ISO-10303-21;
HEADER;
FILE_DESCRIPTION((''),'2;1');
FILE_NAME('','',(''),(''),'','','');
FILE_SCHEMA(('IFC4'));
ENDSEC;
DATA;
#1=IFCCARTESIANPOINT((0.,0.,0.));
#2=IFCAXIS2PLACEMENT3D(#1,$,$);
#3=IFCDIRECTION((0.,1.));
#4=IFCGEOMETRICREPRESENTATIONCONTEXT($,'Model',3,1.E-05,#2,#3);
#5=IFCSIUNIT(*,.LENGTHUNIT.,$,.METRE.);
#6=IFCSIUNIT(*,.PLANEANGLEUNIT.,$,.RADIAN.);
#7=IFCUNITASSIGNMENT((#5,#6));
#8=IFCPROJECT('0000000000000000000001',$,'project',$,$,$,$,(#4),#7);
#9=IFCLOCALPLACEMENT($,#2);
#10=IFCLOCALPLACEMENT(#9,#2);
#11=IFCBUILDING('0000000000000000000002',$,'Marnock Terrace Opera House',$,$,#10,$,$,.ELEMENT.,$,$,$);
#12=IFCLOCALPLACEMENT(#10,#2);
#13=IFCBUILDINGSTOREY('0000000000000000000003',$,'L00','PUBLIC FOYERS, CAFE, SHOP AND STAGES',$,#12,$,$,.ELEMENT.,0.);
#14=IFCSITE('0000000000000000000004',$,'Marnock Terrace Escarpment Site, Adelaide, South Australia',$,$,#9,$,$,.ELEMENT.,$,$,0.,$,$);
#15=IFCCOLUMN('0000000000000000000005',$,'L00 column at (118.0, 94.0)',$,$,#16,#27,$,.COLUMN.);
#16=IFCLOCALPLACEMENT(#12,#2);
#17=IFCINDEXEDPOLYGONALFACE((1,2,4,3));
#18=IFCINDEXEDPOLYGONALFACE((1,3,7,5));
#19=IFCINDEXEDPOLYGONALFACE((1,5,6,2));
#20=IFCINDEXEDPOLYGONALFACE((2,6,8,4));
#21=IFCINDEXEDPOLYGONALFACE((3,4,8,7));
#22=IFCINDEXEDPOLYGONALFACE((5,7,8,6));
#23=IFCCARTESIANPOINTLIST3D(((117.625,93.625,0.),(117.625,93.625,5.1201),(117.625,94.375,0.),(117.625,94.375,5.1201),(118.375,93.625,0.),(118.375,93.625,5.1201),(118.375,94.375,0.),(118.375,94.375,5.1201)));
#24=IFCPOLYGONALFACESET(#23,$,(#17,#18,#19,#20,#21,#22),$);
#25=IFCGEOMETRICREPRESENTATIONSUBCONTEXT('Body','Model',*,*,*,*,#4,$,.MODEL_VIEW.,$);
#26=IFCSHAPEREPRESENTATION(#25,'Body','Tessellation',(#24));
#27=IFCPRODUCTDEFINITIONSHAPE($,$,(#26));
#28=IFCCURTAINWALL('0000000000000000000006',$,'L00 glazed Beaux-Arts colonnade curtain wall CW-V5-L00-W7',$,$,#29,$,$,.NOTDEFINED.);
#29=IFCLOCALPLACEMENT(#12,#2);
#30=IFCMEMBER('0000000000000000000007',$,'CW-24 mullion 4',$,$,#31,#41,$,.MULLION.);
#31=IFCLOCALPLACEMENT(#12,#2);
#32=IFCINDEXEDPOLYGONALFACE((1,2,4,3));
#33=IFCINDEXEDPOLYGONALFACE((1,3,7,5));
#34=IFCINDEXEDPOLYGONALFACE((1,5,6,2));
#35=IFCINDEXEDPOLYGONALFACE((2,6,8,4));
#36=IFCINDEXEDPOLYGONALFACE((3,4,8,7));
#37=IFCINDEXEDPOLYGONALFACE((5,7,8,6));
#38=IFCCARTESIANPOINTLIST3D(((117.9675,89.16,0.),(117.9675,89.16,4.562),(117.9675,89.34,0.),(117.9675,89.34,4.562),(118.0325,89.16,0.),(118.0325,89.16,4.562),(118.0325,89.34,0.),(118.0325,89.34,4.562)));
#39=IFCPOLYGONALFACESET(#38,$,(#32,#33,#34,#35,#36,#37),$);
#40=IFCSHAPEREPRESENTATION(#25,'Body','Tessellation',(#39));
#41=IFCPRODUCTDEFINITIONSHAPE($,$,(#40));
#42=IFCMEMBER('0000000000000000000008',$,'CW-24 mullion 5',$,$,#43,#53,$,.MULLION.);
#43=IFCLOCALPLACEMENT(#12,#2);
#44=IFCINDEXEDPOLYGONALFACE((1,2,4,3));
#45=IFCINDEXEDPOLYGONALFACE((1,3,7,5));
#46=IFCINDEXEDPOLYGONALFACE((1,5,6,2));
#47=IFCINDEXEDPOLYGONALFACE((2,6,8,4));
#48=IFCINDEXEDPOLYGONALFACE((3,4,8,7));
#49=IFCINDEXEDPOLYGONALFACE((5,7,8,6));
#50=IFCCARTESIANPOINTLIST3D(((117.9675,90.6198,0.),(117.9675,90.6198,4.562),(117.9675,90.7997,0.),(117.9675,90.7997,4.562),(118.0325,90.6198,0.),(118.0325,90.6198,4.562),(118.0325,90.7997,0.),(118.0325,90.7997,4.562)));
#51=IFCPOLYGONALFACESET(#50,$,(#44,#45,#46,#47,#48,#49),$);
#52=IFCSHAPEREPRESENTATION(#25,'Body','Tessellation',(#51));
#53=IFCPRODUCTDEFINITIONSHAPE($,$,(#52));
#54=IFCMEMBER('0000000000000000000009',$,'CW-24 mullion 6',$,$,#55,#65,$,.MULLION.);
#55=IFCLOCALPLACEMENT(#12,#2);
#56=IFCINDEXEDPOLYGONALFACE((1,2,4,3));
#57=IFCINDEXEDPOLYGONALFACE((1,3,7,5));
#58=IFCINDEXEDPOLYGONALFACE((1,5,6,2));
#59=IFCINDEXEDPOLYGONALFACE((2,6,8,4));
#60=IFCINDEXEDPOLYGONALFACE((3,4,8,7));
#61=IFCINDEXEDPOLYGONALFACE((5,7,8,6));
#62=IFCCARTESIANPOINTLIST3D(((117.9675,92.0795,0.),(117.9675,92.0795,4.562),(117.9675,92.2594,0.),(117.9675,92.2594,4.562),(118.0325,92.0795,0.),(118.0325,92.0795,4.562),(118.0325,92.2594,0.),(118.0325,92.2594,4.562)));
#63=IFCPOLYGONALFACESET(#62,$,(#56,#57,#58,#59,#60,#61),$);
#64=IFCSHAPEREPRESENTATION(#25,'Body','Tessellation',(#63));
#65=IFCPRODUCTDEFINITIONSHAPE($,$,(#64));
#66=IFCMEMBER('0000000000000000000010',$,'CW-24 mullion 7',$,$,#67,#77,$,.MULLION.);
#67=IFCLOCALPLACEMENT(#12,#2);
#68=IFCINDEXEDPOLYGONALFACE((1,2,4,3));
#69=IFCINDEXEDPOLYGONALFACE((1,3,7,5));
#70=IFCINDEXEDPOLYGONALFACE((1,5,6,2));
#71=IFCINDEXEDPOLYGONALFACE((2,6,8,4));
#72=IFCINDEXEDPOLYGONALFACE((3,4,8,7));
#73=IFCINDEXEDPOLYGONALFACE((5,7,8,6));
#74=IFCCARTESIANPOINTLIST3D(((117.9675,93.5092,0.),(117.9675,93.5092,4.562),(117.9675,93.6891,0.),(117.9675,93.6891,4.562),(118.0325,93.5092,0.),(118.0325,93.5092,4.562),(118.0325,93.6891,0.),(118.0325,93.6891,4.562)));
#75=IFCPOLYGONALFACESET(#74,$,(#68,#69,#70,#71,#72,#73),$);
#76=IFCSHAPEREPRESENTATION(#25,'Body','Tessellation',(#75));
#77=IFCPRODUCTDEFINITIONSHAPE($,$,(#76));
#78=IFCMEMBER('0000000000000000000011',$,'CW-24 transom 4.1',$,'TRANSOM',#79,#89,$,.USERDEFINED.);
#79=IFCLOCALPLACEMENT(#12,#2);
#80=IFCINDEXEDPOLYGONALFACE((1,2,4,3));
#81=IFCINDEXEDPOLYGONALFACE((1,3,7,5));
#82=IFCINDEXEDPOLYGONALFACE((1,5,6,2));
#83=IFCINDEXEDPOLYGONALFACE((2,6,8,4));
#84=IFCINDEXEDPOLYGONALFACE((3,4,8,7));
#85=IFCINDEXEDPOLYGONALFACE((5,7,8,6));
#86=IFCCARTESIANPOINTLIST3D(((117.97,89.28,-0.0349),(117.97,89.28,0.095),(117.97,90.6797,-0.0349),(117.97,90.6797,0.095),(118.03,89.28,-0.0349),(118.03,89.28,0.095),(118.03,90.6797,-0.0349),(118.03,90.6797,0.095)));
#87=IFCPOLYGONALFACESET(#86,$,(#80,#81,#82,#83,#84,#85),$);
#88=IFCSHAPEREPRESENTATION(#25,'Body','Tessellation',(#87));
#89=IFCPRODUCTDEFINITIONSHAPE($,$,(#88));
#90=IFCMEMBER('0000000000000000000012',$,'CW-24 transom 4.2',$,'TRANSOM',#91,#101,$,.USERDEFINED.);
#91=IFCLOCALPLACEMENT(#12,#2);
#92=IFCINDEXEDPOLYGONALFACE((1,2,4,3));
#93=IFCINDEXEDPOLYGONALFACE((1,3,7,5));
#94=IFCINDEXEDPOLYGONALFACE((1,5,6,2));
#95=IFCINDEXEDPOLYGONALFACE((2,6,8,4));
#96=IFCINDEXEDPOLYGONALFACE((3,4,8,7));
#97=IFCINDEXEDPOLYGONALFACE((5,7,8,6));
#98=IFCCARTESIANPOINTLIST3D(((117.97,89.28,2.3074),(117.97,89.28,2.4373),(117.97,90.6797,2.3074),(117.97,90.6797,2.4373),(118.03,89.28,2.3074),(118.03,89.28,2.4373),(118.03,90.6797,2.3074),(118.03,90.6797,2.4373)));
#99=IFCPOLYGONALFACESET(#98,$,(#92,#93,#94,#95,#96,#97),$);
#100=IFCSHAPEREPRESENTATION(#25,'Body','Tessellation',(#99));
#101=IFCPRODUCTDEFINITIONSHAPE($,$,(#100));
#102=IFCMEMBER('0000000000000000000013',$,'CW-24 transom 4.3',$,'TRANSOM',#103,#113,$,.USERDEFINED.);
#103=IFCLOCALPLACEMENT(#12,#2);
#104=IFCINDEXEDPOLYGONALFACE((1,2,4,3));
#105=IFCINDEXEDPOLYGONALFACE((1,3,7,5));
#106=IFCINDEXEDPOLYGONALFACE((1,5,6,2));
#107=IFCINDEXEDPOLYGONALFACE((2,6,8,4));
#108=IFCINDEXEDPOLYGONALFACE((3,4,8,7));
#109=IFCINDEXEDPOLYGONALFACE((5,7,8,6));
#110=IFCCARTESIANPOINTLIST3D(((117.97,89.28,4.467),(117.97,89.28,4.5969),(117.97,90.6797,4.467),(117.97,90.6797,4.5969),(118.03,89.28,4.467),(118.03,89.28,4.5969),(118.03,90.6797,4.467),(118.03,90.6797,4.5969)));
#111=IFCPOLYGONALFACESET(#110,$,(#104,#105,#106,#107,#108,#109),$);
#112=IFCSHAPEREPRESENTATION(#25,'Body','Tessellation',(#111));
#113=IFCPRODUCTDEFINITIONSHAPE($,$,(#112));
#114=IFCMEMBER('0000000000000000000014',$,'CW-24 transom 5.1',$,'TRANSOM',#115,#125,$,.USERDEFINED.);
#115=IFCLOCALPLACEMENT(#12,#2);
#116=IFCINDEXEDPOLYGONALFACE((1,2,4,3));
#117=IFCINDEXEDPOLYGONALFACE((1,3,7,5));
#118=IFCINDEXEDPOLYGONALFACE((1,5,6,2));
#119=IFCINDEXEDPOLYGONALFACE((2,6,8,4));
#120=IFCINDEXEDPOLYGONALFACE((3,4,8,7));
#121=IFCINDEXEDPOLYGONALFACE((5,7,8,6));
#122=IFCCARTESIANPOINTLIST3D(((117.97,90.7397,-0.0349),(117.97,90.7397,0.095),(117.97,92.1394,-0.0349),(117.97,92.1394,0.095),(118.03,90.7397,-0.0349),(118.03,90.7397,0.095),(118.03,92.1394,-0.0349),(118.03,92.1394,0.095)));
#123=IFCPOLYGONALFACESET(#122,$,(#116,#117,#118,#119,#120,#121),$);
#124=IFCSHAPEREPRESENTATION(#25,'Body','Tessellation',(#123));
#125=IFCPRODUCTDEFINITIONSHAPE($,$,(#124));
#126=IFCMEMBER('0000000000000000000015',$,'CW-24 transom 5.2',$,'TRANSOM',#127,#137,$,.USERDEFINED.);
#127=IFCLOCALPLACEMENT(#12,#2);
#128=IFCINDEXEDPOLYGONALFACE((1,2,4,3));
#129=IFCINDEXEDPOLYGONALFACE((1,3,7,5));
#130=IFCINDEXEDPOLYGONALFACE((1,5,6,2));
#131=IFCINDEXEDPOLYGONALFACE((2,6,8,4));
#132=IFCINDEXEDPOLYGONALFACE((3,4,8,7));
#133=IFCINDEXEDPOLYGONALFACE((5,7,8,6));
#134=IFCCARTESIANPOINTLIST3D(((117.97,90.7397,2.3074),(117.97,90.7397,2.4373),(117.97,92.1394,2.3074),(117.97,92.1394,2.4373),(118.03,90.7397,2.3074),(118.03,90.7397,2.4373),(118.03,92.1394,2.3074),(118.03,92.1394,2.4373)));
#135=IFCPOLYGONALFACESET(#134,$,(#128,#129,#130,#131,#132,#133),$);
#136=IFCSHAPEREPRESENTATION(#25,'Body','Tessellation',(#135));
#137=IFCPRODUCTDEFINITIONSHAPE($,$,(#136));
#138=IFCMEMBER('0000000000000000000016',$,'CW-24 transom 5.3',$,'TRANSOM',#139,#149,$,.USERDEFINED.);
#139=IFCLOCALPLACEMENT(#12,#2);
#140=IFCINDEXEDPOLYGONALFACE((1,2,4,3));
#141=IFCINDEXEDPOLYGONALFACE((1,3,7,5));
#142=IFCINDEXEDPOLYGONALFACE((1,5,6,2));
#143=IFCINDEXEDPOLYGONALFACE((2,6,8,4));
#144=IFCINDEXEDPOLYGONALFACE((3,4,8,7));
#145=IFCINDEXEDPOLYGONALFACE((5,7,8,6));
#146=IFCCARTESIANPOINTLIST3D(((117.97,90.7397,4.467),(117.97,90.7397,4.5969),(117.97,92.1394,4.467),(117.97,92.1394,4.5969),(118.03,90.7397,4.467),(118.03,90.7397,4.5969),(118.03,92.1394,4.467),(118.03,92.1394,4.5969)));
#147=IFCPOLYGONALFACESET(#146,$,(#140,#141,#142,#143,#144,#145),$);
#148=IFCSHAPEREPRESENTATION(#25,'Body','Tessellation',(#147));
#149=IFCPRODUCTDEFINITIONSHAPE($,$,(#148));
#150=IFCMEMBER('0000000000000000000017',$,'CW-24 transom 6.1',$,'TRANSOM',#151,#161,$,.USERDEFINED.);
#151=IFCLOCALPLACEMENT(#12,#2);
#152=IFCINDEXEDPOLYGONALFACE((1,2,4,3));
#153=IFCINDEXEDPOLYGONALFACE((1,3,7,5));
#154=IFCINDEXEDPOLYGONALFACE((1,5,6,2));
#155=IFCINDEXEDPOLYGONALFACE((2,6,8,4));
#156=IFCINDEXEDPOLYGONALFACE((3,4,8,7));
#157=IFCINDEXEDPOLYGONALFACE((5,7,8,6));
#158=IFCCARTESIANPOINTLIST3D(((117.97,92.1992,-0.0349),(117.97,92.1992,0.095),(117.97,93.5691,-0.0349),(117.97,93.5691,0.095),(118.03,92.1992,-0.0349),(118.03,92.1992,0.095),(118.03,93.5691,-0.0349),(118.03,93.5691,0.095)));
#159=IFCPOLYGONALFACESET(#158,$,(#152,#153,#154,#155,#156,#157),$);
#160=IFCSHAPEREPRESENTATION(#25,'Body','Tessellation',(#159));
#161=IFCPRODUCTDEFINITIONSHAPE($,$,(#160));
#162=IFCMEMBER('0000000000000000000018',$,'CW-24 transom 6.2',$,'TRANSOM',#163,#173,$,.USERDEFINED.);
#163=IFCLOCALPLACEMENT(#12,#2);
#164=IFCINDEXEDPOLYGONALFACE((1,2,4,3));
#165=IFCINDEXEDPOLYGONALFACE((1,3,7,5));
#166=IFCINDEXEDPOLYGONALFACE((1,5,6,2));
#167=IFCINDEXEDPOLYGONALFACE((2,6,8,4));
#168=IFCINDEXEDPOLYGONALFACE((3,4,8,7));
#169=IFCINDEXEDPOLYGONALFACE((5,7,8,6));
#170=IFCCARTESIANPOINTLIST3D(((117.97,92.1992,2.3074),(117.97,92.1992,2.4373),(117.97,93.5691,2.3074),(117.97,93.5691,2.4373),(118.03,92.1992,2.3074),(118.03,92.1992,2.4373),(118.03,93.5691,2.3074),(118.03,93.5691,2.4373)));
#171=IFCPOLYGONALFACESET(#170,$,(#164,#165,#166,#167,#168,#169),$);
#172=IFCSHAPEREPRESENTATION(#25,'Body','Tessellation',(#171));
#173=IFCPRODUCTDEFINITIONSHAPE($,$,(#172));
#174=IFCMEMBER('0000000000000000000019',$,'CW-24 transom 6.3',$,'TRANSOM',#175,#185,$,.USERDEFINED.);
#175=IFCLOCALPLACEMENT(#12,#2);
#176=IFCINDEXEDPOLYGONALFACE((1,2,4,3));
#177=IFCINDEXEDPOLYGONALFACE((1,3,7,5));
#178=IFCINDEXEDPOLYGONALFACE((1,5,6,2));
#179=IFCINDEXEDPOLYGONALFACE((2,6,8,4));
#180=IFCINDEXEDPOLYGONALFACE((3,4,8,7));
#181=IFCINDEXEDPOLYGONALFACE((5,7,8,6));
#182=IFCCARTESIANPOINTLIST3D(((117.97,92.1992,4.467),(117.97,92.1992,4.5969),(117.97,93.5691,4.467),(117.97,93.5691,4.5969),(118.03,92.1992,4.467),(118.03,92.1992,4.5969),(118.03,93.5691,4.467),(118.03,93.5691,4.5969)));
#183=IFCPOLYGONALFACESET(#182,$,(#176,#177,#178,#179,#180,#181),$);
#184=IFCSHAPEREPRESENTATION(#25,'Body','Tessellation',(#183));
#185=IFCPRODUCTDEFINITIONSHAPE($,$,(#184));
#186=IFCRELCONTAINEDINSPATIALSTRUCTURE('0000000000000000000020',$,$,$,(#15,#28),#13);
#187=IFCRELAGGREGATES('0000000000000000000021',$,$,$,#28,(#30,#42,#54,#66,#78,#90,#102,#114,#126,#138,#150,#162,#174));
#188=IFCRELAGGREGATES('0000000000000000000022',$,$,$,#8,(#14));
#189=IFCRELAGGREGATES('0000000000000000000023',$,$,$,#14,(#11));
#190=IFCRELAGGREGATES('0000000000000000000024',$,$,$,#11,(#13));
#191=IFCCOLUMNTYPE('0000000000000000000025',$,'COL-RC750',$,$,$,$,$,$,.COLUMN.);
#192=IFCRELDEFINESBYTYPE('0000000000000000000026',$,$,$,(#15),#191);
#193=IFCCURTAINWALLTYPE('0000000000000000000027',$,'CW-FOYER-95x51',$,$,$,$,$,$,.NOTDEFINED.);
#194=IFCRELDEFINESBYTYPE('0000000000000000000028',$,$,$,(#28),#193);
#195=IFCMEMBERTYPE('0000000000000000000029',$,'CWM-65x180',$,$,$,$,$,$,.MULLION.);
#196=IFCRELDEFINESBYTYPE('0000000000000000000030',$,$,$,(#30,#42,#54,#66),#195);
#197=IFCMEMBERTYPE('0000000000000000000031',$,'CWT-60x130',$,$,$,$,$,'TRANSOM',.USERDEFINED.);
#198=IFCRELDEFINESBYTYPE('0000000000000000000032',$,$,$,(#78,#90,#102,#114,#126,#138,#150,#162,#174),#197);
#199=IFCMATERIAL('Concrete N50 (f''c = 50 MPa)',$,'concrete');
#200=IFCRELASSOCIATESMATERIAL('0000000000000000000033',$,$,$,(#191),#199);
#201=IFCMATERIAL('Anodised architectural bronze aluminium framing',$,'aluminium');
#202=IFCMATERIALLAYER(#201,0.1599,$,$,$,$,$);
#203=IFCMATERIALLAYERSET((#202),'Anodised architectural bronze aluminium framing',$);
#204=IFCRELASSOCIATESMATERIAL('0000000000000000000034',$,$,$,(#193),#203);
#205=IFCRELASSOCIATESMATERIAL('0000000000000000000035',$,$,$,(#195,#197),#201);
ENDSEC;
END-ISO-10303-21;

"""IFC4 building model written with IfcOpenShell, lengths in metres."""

from ifc_helpers import new_model, si_unit, direction, frame, origin, origin_2d, place, context, subcontext, project, spatial, rectangle, extrude, material, layer, layer_set, material_profile, profile_set, type_object, element, aggregate, save


model = new_model("IFC4")

# Units and contexts
model_context = context("Model", 3, precision=1e-05, world=origin(), true_north=direction((0.0, 1.0)))
body_context = subcontext(model_context, "Body", "Model", "MODEL_VIEW")
ifc_project = project(units=[si_unit("LENGTHUNIT", "METRE"), si_unit("PLANEANGLEUNIT", "RADIAN")], contexts=[model_context])

# Site, building, storey
site_placement = place(None, origin())
site = spatial("IfcSite", under=ifc_project, at=site_placement, Name="Marnock Terrace Escarpment Site, Adelaide, South Australia", CompositionType="ELEMENT", RefElevation=0.0)
building_placement = place(site_placement, origin())
building = spatial("IfcBuilding", under=site, at=building_placement, Name="Marnock Terrace Opera House", CompositionType="ELEMENT")
storey_placement = place(building_placement, origin())
storey = spatial("IfcBuildingStorey", under=building, at=storey_placement, Name="L00", Description="PUBLIC FOYERS, CAFE, SHOP AND STAGES", CompositionType="ELEMENT", Elevation=0.0)

# Column
ifc_material_1 = material(Name="Concrete N50 (f'c = 50 MPa)", Category="concrete")
ifc_material_profile_1 = material_profile(ifc_material_1, rectangle(XDim=0.75, YDim=0.75, at=origin_2d()))
ifc_profile_set_1 = profile_set([ifc_material_profile_1], Name="Concrete N50 (f'c = 50 MPa)")
column_type = type_object("IfcColumnType", Name="COL-RC750", PredefinedType="COLUMN", material=ifc_profile_set_1)
column_placement = place(storey_placement, frame((118.0, 94.0, 0.0), z_axis=(0.0, 0.0, 1.0), x_axis=(1.0, 0.0, 0.0)))
element("IfcColumn", 1, at=column_placement, inside=storey, type_object=column_type, Name="L00 column at (118.0, 94.0)", PredefinedType="COLUMN", context=body_context, shape_type="SweptSolid", body=[
    extrude(rectangle(XDim=0.75, YDim=0.75, at=origin_2d()), origin(), (0.0, 0.0, 1.0), 5.1201),
])

# Curtain wall, members
ifc_material_2 = material(Name="Anodised architectural bronze aluminium framing", Category="aluminium")
ifc_layer_1 = layer(ifc_material_2, 0.1599)
ifc_layer_set_1 = layer_set([ifc_layer_1], Name="Anodised architectural bronze aluminium framing")
curtain_wall_type = type_object("IfcCurtainWallType", Name="CW-FOYER-95x51", PredefinedType="NOTDEFINED", material=ifc_layer_set_1)
curtain_wall_placement = place(storey_placement, origin())
curtain_wall = element("IfcCurtainWall", 2, at=curtain_wall_placement, inside=storey, type_object=curtain_wall_type, Name="L00 glazed Beaux-Arts colonnade curtain wall CW-V5-L00-W7", PredefinedType="NOTDEFINED")
ifc_material_profile_2 = material_profile(ifc_material_2, rectangle(XDim=0.0649, YDim=0.1799, at=origin_2d()))
ifc_profile_set_2 = profile_set([ifc_material_profile_2], Name="Anodised architectural bronze aluminium framing")
member_type_1 = type_object("IfcMemberType", Name="CWM-65x180", PredefinedType="MULLION", material=ifc_profile_set_2)
member_1_placement = place(storey_placement, frame((118.0, 89.25, 0.0), z_axis=(0.0, 0.0, 1.0), x_axis=(-1.0, 0.0, 0.0)))
member_1 = element("IfcMember", 3, at=member_1_placement, type_object=member_type_1, Name="CW-24 mullion 4", PredefinedType="MULLION", context=body_context, shape_type="SweptSolid", body=[
    extrude(rectangle(XDim=0.0649, YDim=0.1799, at=origin_2d()), origin(), (0.0, 0.0, 1.0), 4.562),
])
member_2_placement = place(storey_placement, frame((118.0, 90.7097, 0.0), z_axis=(0.0, 0.0, 1.0), x_axis=(-1.0, 0.0, 0.0)))
member_2 = element("IfcMember", 4, at=member_2_placement, type_object=member_type_1, Name="CW-24 mullion 5", PredefinedType="MULLION", context=body_context, shape_type="SweptSolid", body=[
    extrude(rectangle(XDim=0.0649, YDim=0.1799, at=origin_2d()), origin(), (0.0, 0.0, 1.0), 4.562),
])
member_3_placement = place(storey_placement, frame((118.0, 92.1694, 0.0), z_axis=(0.0, 0.0, 1.0), x_axis=(-1.0, 0.0, 0.0)))
member_3 = element("IfcMember", 5, at=member_3_placement, type_object=member_type_1, Name="CW-24 mullion 6", PredefinedType="MULLION", context=body_context, shape_type="SweptSolid", body=[
    extrude(rectangle(XDim=0.0649, YDim=0.1799, at=origin_2d()), origin(), (0.0, 0.0, 1.0), 4.562),
])
member_4_placement = place(storey_placement, frame((118.0, 93.5991, 0.0), z_axis=(0.0, 0.0, 1.0), x_axis=(-1.0, 0.0, 0.0)))
member_4 = element("IfcMember", 6, at=member_4_placement, type_object=member_type_1, Name="CW-24 mullion 7", PredefinedType="MULLION", context=body_context, shape_type="SweptSolid", body=[
    extrude(rectangle(XDim=0.0649, YDim=0.1799, at=origin_2d()), origin(), (0.0, 0.0, 1.0), 4.562),
])
ifc_material_profile_3 = material_profile(ifc_material_2, rectangle(XDim=0.0601, YDim=0.1299, at=origin_2d()))
ifc_profile_set_3 = profile_set([ifc_material_profile_3], Name="Anodised architectural bronze aluminium framing")
member_type_2 = type_object("IfcMemberType", Name="CWT-60x130", ElementType="TRANSOM", PredefinedType="USERDEFINED", material=ifc_profile_set_3)
member_5_placement = place(storey_placement, frame((118.0, 89.28, 0.03), z_axis=(0.0, 1.0, 0.0), x_axis=(-1.0, 0.0, 0.0)))
member_5 = element("IfcMember", 7, at=member_5_placement, type_object=member_type_2, Name="CW-24 transom 4.1", ObjectType="TRANSOM", PredefinedType="USERDEFINED", context=body_context, shape_type="SweptSolid", body=[
    extrude(rectangle(XDim=0.0601, YDim=0.1299, at=origin_2d()), origin(), (0.0, 0.0, 1.0), 1.3997),
])
member_6_placement = place(storey_placement, frame((118.0, 89.28, 2.3723), z_axis=(0.0, 1.0, 0.0), x_axis=(-1.0, 0.0, 0.0)))
member_6 = element("IfcMember", 8, at=member_6_placement, type_object=member_type_2, Name="CW-24 transom 4.2", ObjectType="TRANSOM", PredefinedType="USERDEFINED", context=body_context, shape_type="SweptSolid", body=[
    extrude(rectangle(XDim=0.0601, YDim=0.1299, at=origin_2d()), origin(), (0.0, 0.0, 1.0), 1.3997),
])
member_7_placement = place(storey_placement, frame((118.0, 89.28, 4.532), z_axis=(0.0, 1.0, 0.0), x_axis=(-1.0, 0.0, 0.0)))
member_7 = element("IfcMember", 9, at=member_7_placement, type_object=member_type_2, Name="CW-24 transom 4.3", ObjectType="TRANSOM", PredefinedType="USERDEFINED", context=body_context, shape_type="SweptSolid", body=[
    extrude(rectangle(XDim=0.0601, YDim=0.1299, at=origin_2d()), origin(), (0.0, 0.0, 1.0), 1.3997),
])
member_8_placement = place(storey_placement, frame((118.0, 90.7397, 0.03), z_axis=(0.0, 1.0, 0.0), x_axis=(-1.0, 0.0, 0.0)))
member_8 = element("IfcMember", 10, at=member_8_placement, type_object=member_type_2, Name="CW-24 transom 5.1", ObjectType="TRANSOM", PredefinedType="USERDEFINED", context=body_context, shape_type="SweptSolid", body=[
    extrude(rectangle(XDim=0.0601, YDim=0.1299, at=origin_2d()), origin(), (0.0, 0.0, 1.0), 1.3997),
])
member_9_placement = place(storey_placement, frame((118.0, 90.7397, 2.3723), z_axis=(0.0, 1.0, 0.0), x_axis=(-1.0, 0.0, 0.0)))
member_9 = element("IfcMember", 11, at=member_9_placement, type_object=member_type_2, Name="CW-24 transom 5.2", ObjectType="TRANSOM", PredefinedType="USERDEFINED", context=body_context, shape_type="SweptSolid", body=[
    extrude(rectangle(XDim=0.0601, YDim=0.1299, at=origin_2d()), origin(), (0.0, 0.0, 1.0), 1.3997),
])
member_10_placement = place(storey_placement, frame((118.0, 90.7397, 4.532), z_axis=(0.0, 1.0, 0.0), x_axis=(-1.0, 0.0, 0.0)))
member_10 = element("IfcMember", 12, at=member_10_placement, type_object=member_type_2, Name="CW-24 transom 5.3", ObjectType="TRANSOM", PredefinedType="USERDEFINED", context=body_context, shape_type="SweptSolid", body=[
    extrude(rectangle(XDim=0.0601, YDim=0.1299, at=origin_2d()), origin(), (0.0, 0.0, 1.0), 1.3997),
])
member_11_placement = place(storey_placement, frame((118.0, 92.1992, 0.03), z_axis=(0.0, 1.0, 0.0), x_axis=(-1.0, 0.0, 0.0)))
member_11 = element("IfcMember", 13, at=member_11_placement, type_object=member_type_2, Name="CW-24 transom 6.1", ObjectType="TRANSOM", PredefinedType="USERDEFINED", context=body_context, shape_type="SweptSolid", body=[
    extrude(rectangle(XDim=0.0601, YDim=0.1299, at=origin_2d()), origin(), (0.0, 0.0, 1.0), 1.3699),
])
member_12_placement = place(storey_placement, frame((118.0, 92.1992, 2.3723), z_axis=(0.0, 1.0, 0.0), x_axis=(-1.0, 0.0, 0.0)))
member_12 = element("IfcMember", 14, at=member_12_placement, type_object=member_type_2, Name="CW-24 transom 6.2", ObjectType="TRANSOM", PredefinedType="USERDEFINED", context=body_context, shape_type="SweptSolid", body=[
    extrude(rectangle(XDim=0.0601, YDim=0.1299, at=origin_2d()), origin(), (0.0, 0.0, 1.0), 1.3699),
])
member_13_placement = place(storey_placement, frame((118.0, 92.1992, 4.532), z_axis=(0.0, 1.0, 0.0), x_axis=(-1.0, 0.0, 0.0)))
member_13 = element("IfcMember", 15, at=member_13_placement, type_object=member_type_2, Name="CW-24 transom 6.3", ObjectType="TRANSOM", PredefinedType="USERDEFINED", context=body_context, shape_type="SweptSolid", body=[
    extrude(rectangle(XDim=0.0601, YDim=0.1299, at=origin_2d()), origin(), (0.0, 0.0, 1.0), 1.3699),
])
aggregate(curtain_wall, [member_1, member_2, member_3, member_4, member_5, member_6, member_7, member_8, member_9, member_10, member_11, member_12, member_13])

save(model, "model.ifc")
